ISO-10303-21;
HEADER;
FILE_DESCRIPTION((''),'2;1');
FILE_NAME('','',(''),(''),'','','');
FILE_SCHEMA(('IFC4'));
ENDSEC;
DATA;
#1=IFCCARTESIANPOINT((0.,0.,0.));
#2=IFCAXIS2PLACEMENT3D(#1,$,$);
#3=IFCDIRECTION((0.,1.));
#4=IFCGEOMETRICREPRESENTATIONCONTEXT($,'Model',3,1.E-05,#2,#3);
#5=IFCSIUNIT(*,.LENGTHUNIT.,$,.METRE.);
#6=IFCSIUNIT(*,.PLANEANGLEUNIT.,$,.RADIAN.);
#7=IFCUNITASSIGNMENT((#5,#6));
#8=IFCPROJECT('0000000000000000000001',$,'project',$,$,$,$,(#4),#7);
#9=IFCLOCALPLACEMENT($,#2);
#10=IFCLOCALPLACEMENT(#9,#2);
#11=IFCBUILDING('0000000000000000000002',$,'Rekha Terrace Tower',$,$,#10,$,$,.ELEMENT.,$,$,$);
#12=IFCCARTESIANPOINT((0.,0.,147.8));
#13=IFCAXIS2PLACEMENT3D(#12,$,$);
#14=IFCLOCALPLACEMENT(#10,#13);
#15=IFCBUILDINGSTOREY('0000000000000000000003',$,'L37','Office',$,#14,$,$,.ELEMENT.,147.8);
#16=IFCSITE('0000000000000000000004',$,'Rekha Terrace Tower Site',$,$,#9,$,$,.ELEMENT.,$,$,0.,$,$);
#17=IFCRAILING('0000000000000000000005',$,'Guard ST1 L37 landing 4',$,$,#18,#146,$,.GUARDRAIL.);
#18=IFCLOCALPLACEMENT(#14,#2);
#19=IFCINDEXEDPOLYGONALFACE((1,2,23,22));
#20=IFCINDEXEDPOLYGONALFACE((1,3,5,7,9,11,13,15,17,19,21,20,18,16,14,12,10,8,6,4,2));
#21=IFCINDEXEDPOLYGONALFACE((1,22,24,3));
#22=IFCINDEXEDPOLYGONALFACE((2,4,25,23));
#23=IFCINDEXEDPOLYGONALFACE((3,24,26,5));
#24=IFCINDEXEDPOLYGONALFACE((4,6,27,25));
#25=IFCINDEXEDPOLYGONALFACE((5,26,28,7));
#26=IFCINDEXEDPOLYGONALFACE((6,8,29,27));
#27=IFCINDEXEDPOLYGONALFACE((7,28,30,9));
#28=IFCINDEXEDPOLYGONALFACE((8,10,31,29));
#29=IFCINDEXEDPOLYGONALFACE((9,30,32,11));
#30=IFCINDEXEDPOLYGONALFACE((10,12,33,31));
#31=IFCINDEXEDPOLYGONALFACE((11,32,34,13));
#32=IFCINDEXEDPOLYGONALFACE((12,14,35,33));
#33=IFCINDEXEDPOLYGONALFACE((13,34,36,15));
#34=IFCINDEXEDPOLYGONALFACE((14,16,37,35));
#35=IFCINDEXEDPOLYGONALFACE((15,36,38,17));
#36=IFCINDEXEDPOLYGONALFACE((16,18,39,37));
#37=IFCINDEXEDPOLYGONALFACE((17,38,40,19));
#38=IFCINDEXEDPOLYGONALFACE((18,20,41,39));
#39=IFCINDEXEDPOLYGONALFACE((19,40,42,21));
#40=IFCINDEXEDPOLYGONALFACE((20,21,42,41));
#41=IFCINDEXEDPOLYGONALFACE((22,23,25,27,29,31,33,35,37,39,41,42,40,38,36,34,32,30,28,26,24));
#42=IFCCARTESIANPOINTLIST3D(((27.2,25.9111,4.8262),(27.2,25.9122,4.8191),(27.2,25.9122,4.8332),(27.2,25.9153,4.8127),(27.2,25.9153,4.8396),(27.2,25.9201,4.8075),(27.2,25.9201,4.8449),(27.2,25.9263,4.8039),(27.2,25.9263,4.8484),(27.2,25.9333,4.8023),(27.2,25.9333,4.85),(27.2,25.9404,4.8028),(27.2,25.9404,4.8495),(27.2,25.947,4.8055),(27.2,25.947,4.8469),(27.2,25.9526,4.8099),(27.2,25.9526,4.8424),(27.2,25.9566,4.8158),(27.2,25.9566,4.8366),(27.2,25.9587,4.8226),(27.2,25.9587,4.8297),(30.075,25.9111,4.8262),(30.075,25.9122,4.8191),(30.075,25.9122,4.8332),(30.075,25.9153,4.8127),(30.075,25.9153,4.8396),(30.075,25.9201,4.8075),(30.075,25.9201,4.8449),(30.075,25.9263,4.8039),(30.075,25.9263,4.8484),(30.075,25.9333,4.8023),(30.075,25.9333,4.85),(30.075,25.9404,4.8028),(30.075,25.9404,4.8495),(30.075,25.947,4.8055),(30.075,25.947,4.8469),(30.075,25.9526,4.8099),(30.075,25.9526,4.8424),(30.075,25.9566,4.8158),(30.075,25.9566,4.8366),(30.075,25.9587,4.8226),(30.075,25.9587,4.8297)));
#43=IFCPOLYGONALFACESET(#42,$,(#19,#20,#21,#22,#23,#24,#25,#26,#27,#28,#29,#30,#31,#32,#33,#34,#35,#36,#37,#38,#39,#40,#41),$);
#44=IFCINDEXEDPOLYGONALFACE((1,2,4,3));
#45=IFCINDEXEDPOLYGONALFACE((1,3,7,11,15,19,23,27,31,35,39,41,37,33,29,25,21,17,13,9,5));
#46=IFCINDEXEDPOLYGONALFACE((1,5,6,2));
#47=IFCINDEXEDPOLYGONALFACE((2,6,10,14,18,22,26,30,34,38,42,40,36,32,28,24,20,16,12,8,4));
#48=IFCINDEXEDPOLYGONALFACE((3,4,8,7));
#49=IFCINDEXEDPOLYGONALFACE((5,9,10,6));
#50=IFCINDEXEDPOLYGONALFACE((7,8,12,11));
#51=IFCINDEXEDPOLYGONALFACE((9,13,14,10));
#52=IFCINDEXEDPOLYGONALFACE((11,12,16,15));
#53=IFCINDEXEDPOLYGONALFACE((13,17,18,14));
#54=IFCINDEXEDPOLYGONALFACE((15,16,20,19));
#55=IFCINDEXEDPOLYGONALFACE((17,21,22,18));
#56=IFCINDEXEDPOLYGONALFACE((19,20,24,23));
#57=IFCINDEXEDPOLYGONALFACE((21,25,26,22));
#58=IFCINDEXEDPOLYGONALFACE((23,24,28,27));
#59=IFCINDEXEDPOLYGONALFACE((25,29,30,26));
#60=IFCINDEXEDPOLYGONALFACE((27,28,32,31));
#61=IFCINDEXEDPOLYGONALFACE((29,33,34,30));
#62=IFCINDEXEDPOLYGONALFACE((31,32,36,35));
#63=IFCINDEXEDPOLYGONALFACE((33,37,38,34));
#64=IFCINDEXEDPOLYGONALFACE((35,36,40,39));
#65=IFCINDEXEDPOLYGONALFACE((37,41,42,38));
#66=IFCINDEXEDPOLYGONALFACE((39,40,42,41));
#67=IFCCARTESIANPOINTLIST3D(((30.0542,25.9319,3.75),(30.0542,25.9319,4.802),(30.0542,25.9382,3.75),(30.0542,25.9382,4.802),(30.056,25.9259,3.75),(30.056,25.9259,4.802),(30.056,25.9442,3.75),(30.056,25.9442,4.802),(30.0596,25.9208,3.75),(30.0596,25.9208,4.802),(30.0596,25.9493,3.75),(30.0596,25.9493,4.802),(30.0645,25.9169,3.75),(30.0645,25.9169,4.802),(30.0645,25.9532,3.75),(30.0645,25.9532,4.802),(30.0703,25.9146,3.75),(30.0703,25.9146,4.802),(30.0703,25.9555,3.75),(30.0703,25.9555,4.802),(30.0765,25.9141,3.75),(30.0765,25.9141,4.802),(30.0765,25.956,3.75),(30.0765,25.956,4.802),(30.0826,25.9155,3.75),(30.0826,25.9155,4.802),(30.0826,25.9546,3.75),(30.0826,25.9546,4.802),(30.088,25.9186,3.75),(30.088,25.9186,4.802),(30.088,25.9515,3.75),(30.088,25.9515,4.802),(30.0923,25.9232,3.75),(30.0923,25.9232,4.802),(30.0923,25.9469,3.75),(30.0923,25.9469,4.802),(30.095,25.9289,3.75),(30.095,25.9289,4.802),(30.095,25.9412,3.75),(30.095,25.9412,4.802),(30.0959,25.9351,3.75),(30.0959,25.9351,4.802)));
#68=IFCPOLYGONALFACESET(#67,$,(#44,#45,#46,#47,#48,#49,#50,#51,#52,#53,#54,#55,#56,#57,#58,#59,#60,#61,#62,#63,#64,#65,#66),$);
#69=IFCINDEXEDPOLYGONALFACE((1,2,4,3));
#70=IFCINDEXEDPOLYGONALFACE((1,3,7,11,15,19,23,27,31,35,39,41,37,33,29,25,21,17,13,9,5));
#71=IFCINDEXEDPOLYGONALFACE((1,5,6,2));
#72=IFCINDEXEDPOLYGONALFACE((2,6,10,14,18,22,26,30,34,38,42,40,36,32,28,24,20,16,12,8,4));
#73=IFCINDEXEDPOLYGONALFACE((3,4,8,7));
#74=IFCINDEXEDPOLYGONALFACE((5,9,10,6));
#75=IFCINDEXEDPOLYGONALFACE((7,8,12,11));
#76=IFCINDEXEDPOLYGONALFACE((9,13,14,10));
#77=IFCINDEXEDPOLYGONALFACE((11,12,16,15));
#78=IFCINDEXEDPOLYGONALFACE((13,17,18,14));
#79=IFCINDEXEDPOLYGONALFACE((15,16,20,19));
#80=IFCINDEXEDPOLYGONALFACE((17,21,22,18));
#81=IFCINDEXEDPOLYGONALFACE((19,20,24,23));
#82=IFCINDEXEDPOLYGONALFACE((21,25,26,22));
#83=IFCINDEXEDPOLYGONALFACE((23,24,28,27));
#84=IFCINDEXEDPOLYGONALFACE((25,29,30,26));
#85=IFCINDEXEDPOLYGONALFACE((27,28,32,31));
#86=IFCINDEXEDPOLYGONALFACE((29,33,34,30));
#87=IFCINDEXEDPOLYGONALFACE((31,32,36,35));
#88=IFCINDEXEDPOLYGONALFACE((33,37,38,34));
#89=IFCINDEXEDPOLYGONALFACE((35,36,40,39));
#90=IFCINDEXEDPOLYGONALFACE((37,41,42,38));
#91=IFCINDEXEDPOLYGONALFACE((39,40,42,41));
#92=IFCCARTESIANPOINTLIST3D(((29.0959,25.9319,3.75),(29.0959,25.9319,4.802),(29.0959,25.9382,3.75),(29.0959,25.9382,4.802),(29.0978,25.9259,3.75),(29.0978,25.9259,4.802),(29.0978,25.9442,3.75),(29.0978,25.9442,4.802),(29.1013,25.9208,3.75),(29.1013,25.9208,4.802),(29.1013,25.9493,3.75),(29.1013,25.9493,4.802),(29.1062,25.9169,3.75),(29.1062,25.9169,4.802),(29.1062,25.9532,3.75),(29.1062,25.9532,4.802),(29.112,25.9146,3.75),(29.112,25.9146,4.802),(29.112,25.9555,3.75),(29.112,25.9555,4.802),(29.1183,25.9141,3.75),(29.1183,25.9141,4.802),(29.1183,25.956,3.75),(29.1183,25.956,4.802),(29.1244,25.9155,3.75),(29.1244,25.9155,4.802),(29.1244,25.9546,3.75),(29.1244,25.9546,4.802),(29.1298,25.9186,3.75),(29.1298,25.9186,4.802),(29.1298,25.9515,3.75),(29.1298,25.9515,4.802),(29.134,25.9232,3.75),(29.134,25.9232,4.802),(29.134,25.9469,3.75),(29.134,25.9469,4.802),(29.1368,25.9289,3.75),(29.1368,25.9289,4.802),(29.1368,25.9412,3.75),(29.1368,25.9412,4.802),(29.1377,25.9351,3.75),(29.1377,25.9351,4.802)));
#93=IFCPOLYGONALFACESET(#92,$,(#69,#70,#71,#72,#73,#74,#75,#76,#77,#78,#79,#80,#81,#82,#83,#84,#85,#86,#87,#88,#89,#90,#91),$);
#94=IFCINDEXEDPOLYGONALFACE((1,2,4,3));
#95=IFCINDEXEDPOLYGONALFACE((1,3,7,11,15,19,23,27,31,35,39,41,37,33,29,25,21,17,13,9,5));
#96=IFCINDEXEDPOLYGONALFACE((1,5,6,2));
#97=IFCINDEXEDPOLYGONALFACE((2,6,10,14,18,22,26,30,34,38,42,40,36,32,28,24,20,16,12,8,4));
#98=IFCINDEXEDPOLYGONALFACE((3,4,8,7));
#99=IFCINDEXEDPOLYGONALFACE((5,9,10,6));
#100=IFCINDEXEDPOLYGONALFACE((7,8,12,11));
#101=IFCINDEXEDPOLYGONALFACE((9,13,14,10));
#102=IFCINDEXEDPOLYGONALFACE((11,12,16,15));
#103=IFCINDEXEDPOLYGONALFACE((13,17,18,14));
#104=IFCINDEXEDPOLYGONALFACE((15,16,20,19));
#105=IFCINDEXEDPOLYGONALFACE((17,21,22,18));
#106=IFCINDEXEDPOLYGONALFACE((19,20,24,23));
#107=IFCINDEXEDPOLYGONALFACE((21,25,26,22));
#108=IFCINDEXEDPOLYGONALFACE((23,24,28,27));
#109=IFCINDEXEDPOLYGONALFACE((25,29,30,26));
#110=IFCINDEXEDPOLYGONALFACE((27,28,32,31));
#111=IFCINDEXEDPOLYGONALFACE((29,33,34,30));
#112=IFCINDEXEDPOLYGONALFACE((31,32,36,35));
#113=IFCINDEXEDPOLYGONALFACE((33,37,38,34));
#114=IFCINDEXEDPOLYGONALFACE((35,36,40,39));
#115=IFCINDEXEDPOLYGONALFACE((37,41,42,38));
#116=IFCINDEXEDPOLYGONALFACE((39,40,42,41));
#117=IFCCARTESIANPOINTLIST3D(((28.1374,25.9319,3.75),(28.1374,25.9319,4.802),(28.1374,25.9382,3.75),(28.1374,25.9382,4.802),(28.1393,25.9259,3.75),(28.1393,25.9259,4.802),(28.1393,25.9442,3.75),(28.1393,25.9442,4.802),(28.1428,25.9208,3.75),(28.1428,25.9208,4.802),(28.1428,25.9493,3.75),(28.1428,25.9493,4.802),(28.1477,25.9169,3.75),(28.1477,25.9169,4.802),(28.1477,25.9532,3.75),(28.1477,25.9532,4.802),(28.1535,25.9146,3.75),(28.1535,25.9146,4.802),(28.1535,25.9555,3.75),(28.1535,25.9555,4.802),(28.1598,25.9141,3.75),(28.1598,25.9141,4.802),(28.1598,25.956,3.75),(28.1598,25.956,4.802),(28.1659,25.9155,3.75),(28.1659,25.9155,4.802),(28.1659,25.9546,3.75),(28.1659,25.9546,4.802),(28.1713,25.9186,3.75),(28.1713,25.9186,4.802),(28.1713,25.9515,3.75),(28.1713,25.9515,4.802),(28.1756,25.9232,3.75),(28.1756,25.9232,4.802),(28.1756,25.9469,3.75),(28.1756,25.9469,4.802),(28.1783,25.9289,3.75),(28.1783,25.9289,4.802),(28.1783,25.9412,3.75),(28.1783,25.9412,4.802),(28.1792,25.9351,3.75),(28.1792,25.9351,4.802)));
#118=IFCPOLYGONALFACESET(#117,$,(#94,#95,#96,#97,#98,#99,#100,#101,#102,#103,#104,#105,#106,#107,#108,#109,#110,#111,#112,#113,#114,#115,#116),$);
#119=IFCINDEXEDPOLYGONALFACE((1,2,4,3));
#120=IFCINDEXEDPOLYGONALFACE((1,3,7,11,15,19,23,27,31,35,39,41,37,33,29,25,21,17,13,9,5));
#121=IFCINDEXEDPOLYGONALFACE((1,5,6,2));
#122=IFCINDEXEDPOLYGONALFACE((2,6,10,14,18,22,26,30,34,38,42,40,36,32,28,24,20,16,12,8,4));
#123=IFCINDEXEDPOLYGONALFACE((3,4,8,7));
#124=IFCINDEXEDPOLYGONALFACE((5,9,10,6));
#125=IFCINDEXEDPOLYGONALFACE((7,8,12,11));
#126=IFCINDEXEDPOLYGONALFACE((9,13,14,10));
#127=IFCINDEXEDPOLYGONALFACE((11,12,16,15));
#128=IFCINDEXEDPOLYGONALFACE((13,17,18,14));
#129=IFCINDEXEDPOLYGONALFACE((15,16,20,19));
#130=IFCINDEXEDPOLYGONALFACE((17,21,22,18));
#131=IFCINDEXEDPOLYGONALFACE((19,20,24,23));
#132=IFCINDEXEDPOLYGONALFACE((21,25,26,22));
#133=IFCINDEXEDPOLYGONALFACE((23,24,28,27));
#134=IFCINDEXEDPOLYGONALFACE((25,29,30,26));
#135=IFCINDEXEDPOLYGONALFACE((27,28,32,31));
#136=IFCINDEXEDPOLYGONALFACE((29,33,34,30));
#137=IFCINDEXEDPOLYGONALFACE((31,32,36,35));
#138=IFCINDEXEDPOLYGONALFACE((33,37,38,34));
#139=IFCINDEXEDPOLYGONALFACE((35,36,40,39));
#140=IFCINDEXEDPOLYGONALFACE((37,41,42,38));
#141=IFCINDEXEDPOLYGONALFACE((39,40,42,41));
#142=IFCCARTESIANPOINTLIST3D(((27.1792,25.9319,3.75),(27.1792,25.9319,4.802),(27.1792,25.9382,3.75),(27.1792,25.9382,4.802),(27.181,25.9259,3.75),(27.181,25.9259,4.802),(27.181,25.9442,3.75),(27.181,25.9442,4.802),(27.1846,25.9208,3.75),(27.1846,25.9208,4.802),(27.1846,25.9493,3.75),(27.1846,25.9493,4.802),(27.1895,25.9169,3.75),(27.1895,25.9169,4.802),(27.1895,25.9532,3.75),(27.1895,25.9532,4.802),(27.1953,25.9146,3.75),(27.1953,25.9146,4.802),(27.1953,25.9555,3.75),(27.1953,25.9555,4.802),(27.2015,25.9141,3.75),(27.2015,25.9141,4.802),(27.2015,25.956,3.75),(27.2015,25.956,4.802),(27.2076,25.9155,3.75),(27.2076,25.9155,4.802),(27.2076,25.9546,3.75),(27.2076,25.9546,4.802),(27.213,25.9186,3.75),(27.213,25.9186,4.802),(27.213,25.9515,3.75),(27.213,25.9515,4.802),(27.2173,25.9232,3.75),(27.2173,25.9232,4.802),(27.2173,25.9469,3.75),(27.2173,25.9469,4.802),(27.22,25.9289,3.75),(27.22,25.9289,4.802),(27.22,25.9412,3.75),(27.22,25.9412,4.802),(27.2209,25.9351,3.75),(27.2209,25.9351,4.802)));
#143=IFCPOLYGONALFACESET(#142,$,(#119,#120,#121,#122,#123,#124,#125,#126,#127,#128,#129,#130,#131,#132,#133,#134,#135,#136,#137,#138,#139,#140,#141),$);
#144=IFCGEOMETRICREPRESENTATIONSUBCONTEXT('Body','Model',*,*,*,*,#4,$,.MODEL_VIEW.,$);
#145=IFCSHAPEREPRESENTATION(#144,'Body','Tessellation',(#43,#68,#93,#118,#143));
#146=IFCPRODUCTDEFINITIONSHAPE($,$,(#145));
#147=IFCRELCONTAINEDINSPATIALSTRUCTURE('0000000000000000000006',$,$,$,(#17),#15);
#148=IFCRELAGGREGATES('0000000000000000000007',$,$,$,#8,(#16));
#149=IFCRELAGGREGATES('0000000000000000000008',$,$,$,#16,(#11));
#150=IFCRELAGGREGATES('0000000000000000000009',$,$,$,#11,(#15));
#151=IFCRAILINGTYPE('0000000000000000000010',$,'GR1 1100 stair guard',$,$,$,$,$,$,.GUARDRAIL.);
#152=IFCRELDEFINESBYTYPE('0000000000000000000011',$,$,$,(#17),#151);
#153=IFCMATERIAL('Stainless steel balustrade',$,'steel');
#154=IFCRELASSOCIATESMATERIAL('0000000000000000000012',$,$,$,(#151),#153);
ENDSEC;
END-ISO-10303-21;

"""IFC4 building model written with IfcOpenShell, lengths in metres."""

from ifc_helpers import new_model, si_unit, direction, frame, origin, origin_2d, place, context, subcontext, project, spatial, circle, extrude, material, type_object, element, save


model = new_model("IFC4")

# Units and contexts
model_context = context("Model", 3, precision=1e-05, world=origin(), true_north=direction((0.0, 1.0)))
body_context = subcontext(model_context, "Body", "Model", "MODEL_VIEW")
ifc_project = project(units=[si_unit("LENGTHUNIT", "METRE"), si_unit("PLANEANGLEUNIT", "RADIAN")], contexts=[model_context])

# Site, building, storey
site_placement = place(None, origin())
site = spatial("IfcSite", under=ifc_project, at=site_placement, Name="Rekha Terrace Tower Site", CompositionType="ELEMENT", RefElevation=0.0)
building_placement = place(site_placement, origin())
building = spatial("IfcBuilding", under=site, at=building_placement, Name="Rekha Terrace Tower", CompositionType="ELEMENT")
storey_placement = place(building_placement, frame((0.0, 0.0, 147.8)))
storey = spatial("IfcBuildingStorey", under=building, at=storey_placement, Name="L37", Description="Office", CompositionType="ELEMENT", Elevation=147.8)

# Railing
ifc_material_1 = material(Name="Stainless steel balustrade", Category="steel")
railing_type_1 = type_object("IfcRailingType", Name="GR1 1100 stair guard", PredefinedType="GUARDRAIL", material=ifc_material_1)
railing_1_placement = place(storey_placement, frame((30.075, 25.9351, 3.75)))
element("IfcRailing", 1, at=railing_1_placement, inside=storey, type_object=railing_type_1, Name="Guard ST1 L37 landing 4", PredefinedType="GUARDRAIL", context=body_context, shape_type="SweptSolid", body=[
    extrude(circle(Radius=0.0239, at=origin_2d()), frame((0.0, 0.0, 1.0762), z_axis=(-1.0, 0.0, 0.0), x_axis=(0.0, -1.0, 0.0)), (0.0, 0.0, 1.0), 2.875),
    extrude(circle(Radius=0.021, at=origin_2d()), origin(), (0.0, 0.0, 1.0), 1.052),
    extrude(circle(Radius=0.021, at=origin_2d()), frame((-0.9583, 0.0, 0.0)), (0.0, 0.0, 1.0), 1.052),
    extrude(circle(Radius=0.021, at=origin_2d()), frame((-1.9167, 0.0, 0.0)), (0.0, 0.0, 1.0), 1.052),
    extrude(circle(Radius=0.021, at=origin_2d()), frame((-2.875, 0.0, 0.0)), (0.0, 0.0, 1.0), 1.052),
])

save(model, "model.ifc")
